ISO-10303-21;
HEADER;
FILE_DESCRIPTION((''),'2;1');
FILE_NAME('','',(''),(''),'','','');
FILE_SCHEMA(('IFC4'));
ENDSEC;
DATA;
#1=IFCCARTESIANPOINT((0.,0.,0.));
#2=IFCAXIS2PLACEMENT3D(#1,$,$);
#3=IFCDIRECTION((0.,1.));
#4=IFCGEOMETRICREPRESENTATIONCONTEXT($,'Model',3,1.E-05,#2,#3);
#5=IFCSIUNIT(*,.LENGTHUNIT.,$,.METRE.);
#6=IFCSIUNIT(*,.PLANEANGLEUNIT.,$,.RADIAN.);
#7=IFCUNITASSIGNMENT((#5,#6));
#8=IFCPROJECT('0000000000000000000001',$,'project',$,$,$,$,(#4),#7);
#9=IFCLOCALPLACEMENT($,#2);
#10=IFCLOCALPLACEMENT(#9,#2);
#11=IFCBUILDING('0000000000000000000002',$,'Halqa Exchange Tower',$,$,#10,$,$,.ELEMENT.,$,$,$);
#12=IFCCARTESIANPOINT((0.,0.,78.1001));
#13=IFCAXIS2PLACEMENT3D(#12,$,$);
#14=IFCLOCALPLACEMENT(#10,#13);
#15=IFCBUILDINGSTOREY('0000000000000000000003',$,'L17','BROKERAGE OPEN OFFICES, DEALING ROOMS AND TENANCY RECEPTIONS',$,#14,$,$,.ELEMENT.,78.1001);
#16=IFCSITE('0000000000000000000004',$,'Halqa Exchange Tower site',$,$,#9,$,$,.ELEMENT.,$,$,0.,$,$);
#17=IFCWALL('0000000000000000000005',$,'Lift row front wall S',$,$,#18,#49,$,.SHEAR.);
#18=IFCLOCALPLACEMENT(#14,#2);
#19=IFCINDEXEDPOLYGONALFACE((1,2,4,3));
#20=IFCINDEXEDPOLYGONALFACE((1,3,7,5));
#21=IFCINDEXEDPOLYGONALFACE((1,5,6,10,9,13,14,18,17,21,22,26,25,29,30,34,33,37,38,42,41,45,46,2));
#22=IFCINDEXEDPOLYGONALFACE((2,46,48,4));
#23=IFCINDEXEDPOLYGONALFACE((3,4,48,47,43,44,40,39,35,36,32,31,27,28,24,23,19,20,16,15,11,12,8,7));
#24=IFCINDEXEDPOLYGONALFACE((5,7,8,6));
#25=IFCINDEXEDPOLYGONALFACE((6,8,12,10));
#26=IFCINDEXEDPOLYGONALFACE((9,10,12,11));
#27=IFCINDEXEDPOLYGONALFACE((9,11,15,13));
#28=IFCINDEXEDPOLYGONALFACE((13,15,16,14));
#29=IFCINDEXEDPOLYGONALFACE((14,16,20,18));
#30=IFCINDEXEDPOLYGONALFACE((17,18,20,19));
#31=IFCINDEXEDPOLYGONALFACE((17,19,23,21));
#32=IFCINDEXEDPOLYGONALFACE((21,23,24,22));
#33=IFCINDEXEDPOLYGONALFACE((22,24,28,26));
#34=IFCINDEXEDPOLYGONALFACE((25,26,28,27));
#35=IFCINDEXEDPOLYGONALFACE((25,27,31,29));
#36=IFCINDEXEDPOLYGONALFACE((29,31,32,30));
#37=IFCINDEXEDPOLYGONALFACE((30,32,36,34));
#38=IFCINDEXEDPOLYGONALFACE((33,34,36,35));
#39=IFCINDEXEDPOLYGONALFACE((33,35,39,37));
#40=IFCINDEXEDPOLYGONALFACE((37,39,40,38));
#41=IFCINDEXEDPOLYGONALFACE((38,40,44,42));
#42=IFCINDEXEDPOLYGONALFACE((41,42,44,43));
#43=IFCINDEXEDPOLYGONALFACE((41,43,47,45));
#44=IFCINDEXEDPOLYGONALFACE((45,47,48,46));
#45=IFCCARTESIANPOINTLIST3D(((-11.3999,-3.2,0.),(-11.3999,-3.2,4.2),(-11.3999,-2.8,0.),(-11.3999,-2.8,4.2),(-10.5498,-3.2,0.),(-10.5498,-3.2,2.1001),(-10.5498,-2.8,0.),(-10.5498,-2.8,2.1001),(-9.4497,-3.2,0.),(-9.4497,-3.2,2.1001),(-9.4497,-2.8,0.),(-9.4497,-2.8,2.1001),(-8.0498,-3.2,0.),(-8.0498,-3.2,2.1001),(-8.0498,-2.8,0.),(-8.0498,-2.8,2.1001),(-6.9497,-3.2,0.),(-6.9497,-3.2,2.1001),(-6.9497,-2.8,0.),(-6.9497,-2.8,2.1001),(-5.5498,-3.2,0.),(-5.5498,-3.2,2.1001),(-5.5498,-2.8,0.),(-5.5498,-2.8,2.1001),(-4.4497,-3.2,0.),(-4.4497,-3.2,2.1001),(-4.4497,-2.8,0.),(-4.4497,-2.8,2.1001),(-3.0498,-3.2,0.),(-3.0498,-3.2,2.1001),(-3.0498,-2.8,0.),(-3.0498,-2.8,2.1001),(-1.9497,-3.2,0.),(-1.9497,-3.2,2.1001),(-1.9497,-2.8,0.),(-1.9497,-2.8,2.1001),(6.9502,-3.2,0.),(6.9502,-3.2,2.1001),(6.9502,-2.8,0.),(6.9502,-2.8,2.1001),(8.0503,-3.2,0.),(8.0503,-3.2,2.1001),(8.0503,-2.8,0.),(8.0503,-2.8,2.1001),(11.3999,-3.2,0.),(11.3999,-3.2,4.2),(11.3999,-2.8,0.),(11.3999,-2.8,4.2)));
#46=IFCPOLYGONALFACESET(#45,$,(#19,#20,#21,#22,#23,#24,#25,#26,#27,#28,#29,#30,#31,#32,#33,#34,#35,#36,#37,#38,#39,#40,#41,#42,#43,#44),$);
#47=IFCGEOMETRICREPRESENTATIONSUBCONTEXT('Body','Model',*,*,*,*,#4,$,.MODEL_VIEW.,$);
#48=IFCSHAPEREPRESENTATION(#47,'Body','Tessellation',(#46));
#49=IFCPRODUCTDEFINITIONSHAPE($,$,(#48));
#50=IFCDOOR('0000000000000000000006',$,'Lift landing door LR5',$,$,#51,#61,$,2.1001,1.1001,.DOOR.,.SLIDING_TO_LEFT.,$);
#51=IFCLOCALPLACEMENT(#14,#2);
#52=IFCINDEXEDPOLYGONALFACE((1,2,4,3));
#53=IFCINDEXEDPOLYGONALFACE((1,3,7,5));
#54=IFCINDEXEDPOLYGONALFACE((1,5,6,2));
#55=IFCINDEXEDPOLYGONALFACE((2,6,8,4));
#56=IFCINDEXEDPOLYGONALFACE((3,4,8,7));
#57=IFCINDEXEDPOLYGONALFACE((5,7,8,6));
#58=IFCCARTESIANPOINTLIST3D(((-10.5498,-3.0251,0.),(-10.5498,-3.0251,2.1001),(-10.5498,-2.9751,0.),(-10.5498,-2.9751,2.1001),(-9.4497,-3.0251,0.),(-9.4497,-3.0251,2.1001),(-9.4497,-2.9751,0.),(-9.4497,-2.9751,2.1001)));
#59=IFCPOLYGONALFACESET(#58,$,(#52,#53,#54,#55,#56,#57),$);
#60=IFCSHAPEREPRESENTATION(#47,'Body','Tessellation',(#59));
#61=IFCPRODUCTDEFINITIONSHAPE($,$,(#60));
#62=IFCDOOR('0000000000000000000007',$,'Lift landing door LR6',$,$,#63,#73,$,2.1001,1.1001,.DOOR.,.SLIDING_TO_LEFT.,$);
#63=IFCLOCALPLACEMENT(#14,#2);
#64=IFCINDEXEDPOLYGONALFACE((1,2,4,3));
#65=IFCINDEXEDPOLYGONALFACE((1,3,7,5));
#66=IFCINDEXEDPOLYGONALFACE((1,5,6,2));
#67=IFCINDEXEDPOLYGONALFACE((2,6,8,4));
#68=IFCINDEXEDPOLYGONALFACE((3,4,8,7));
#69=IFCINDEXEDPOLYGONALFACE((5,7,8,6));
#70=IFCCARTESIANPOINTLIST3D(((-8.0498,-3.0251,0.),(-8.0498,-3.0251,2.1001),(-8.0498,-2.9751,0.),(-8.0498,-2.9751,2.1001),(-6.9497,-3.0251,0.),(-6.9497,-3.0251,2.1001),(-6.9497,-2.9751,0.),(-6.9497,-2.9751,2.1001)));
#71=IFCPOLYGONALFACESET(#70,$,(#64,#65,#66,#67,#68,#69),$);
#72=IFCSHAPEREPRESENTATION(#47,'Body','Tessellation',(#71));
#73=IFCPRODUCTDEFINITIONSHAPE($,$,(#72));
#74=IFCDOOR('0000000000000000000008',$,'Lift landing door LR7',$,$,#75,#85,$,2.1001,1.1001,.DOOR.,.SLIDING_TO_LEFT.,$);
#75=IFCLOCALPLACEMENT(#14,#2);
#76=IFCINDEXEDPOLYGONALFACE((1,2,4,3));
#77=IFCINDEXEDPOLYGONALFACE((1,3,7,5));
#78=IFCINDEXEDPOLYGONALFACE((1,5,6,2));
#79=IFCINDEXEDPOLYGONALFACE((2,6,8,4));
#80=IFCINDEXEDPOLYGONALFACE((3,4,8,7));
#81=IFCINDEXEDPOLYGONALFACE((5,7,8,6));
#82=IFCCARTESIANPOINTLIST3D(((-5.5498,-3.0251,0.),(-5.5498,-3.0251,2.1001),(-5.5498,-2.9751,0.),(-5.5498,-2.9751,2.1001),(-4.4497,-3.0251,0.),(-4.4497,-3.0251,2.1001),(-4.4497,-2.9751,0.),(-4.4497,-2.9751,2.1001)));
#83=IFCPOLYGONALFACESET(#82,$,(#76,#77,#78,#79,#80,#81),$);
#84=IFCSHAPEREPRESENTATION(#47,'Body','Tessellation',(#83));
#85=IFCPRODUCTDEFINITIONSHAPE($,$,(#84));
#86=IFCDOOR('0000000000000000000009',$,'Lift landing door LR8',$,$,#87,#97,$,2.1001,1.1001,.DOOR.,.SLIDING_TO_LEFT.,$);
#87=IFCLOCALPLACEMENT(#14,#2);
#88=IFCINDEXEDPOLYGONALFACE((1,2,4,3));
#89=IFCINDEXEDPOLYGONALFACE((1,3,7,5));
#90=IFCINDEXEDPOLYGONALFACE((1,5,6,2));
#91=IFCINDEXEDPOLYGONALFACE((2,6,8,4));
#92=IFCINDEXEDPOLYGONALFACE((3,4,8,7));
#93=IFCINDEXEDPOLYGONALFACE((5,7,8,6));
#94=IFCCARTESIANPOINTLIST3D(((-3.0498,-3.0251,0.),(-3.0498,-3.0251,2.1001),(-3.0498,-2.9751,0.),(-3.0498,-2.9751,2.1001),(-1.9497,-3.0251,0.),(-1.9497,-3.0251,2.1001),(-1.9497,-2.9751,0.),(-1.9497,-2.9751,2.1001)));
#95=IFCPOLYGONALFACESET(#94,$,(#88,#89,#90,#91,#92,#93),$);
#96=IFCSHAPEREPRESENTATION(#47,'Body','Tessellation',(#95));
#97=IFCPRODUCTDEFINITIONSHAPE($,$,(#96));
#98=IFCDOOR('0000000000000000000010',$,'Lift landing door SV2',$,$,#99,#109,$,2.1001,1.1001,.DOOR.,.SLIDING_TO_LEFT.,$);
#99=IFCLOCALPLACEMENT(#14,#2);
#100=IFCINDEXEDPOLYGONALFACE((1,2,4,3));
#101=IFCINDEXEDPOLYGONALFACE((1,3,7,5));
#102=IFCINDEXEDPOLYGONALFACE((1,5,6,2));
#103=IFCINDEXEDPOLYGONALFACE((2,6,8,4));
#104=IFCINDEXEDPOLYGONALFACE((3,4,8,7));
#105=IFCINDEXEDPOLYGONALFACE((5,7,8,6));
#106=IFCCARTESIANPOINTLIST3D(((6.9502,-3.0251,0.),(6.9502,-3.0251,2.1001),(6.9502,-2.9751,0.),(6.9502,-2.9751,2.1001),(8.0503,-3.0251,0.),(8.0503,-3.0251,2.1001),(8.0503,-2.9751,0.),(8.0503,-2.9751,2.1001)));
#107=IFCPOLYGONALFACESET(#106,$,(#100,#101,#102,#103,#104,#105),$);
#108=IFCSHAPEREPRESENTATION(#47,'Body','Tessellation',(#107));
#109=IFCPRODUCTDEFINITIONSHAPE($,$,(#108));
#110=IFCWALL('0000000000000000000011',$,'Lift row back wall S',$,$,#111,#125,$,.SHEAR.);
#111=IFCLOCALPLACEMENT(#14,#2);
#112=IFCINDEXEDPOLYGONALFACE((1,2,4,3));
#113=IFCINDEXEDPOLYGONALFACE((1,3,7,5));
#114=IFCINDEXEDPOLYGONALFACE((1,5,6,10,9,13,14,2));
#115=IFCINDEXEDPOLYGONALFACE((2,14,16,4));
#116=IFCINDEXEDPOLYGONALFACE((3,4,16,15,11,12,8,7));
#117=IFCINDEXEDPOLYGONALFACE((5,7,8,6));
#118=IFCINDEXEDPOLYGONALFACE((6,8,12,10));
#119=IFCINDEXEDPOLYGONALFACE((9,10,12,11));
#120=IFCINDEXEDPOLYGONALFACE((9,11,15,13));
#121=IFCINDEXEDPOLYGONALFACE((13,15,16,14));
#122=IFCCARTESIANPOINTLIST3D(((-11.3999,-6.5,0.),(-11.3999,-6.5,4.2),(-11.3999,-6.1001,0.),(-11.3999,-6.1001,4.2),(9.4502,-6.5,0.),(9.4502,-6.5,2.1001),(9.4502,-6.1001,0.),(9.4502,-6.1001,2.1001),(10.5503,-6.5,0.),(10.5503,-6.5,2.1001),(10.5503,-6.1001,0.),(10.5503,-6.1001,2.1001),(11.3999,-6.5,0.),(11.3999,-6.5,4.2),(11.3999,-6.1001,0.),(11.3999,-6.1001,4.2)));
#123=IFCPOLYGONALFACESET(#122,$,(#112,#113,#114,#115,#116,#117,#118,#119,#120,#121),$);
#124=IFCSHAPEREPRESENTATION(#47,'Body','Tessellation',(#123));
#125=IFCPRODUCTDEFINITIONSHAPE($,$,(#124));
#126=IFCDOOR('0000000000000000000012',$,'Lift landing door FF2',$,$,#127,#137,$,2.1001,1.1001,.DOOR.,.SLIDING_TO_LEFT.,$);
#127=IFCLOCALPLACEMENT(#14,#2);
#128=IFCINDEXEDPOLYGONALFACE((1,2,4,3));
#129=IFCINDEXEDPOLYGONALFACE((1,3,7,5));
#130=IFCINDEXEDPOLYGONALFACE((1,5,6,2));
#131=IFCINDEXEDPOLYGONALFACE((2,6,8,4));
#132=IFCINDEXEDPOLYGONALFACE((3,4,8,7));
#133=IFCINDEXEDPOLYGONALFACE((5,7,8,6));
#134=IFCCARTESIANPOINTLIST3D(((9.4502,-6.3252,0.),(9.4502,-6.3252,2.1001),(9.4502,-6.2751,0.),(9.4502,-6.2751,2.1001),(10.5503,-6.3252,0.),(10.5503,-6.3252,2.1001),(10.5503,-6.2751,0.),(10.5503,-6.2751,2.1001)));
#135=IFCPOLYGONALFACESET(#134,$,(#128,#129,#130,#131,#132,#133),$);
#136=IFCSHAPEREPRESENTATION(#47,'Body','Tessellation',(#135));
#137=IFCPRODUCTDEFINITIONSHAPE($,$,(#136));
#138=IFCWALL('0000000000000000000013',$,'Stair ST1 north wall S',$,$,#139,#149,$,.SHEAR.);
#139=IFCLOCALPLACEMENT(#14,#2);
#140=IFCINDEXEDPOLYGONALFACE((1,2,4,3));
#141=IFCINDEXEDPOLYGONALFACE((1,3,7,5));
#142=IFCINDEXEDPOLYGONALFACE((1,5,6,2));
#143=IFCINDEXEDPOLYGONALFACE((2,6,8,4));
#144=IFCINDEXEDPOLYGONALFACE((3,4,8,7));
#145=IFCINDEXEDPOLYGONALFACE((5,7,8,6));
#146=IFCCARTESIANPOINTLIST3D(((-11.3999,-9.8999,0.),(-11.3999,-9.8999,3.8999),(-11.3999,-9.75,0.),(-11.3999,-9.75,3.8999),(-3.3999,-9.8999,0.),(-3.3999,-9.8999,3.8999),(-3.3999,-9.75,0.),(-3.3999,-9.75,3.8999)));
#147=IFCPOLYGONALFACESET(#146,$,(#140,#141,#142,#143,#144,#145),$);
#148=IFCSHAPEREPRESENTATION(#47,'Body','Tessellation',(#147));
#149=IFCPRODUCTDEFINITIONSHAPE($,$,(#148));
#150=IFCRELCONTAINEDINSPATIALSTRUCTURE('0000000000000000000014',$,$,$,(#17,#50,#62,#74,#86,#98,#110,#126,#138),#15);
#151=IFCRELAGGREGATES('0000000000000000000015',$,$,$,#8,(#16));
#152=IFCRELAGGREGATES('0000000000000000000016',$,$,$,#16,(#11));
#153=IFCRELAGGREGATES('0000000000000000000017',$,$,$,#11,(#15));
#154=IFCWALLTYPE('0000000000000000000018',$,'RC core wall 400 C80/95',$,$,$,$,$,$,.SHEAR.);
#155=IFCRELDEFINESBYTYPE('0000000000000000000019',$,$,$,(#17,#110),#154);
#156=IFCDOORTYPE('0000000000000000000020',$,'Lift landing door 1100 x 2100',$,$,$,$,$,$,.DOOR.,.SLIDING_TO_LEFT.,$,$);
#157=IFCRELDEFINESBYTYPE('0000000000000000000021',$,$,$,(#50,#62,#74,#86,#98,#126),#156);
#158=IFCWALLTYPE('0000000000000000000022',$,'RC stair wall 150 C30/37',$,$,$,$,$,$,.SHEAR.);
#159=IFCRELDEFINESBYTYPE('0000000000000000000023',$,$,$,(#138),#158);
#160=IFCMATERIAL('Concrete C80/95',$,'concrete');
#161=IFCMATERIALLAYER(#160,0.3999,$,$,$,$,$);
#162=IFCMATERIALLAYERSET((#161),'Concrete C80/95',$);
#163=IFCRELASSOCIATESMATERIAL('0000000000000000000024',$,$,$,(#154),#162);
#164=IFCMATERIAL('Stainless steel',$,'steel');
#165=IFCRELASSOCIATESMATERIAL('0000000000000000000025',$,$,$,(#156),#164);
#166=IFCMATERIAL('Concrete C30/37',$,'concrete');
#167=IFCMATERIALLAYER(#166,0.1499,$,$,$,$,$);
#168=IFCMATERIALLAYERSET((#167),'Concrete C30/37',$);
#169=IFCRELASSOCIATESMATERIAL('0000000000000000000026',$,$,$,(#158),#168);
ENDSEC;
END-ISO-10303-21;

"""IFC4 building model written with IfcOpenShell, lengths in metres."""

from ifc_helpers import new_model, si_unit, direction, frame, frame_2d, origin, place, context, subcontext, project, spatial, rectangle, extrude, material, layer, layer_set, type_object, element, fill, save


model = new_model("IFC4")

# Units and contexts
model_context = context("Model", 3, precision=1e-05, world=origin(), true_north=direction((0.0, 1.0)))
body_context = subcontext(model_context, "Body", "Model", "MODEL_VIEW")
ifc_project = project(units=[si_unit("LENGTHUNIT", "METRE"), si_unit("PLANEANGLEUNIT", "RADIAN")], contexts=[model_context])

# Site, building, storey
site_placement = place(None, origin())
site = spatial("IfcSite", under=ifc_project, at=site_placement, Name="Halqa Exchange Tower site", CompositionType="ELEMENT", RefElevation=0.0)
building_placement = place(site_placement, origin())
building = spatial("IfcBuilding", under=site, at=building_placement, Name="Halqa Exchange Tower", CompositionType="ELEMENT")
storey_placement = place(building_placement, frame((0.0, 0.0, 78.1001)))
storey = spatial("IfcBuildingStorey", under=building, at=storey_placement, Name="L17", Description="BROKERAGE OPEN OFFICES, DEALING ROOMS AND TENANCY RECEPTIONS", CompositionType="ELEMENT", Elevation=78.1001)

# Wall, openings, doors
ifc_material_1 = material(Name="Concrete C80/95", Category="concrete")
ifc_layer_1 = layer(ifc_material_1, 0.3999)
ifc_layer_set_1 = layer_set([ifc_layer_1], Name="Concrete C80/95")
wall_type_1 = type_object("IfcWallType", Name="RC core wall 400 C80/95", PredefinedType="SHEAR", material=ifc_layer_set_1)
wall_1_placement = place(storey_placement, frame((-11.3999, -3.0, 0.0), z_axis=(0.0, 0.0, 1.0), x_axis=(1.0, 0.0, 0.0)))
wall_1 = element("IfcWall", 1, at=wall_1_placement, inside=storey, type_object=wall_type_1, Name="Lift row front wall S", PredefinedType="SHEAR", context=body_context, shape_type="SweptSolid", body=[
    extrude(rectangle(XDim=22.7998, YDim=0.3999, at=frame_2d((11.3999, 0.0))), origin(), (0.0, 0.0, 1.0), 4.2),
])
opening_1_placement = place(wall_1_placement, frame((0.8501, 0.0, 0.0)))
opening_1 = element("IfcOpeningElement", 2, at=opening_1_placement, cuts=wall_1, PredefinedType="OPENING", context=body_context, shape_type="SweptSolid", body=[
    extrude(rectangle(XDim=1.1001, YDim=2.1001, at=frame_2d((0.55, 1.05))), frame((0.0, 0.2119, 0.0), z_axis=(0.0, -1.0, 0.0), x_axis=(1.0, 0.0, 0.0)), (0.0, 0.0, 1.0), 0.4238),
])
opening_2_placement = place(wall_1_placement, frame((3.3501, 0.0, 0.0)))
opening_2 = element("IfcOpeningElement", 3, at=opening_2_placement, cuts=wall_1, PredefinedType="OPENING", context=body_context, shape_type="SweptSolid", body=[
    extrude(rectangle(XDim=1.1001, YDim=2.1001, at=frame_2d((0.55, 1.05))), frame((0.0, 0.2119, 0.0), z_axis=(0.0, -1.0, 0.0), x_axis=(1.0, 0.0, 0.0)), (0.0, 0.0, 1.0), 0.4238),
])
opening_3_placement = place(wall_1_placement, frame((5.8501, 0.0, 0.0)))
opening_3 = element("IfcOpeningElement", 4, at=opening_3_placement, cuts=wall_1, PredefinedType="OPENING", context=body_context, shape_type="SweptSolid", body=[
    extrude(rectangle(XDim=1.1001, YDim=2.1001, at=frame_2d((0.55, 1.05))), frame((0.0, 0.2119, 0.0), z_axis=(0.0, -1.0, 0.0), x_axis=(1.0, 0.0, 0.0)), (0.0, 0.0, 1.0), 0.4238),
])
opening_4_placement = place(wall_1_placement, frame((8.3501, 0.0, 0.0)))
opening_4 = element("IfcOpeningElement", 5, at=opening_4_placement, cuts=wall_1, PredefinedType="OPENING", context=body_context, shape_type="SweptSolid", body=[
    extrude(rectangle(XDim=1.1001, YDim=2.1001, at=frame_2d((0.55, 1.05))), frame((0.0, 0.2119, 0.0), z_axis=(0.0, -1.0, 0.0), x_axis=(1.0, 0.0, 0.0)), (0.0, 0.0, 1.0), 0.4238),
])
opening_5_placement = place(wall_1_placement, frame((18.3501, 0.0, 0.0)))
opening_5 = element("IfcOpeningElement", 6, at=opening_5_placement, cuts=wall_1, PredefinedType="OPENING", context=body_context, shape_type="SweptSolid", body=[
    extrude(rectangle(XDim=1.1001, YDim=2.1001, at=frame_2d((0.55, 1.05))), frame((0.0, 0.2119, 0.0), z_axis=(0.0, -1.0, 0.0), x_axis=(1.0, 0.0, 0.0)), (0.0, 0.0, 1.0), 0.4238),
])
ifc_material_2 = material(Name="Stainless steel", Category="steel")
door_type = type_object("IfcDoorType", Name="Lift landing door 1100 x 2100", OperationType="SLIDING_TO_LEFT", PredefinedType="DOOR", material=ifc_material_2)
door_1_placement = place(opening_1_placement, origin())
door_1 = element("IfcDoor", 7, at=door_1_placement, inside=storey, type_object=door_type, Name="Lift landing door LR5", OperationType="SLIDING_TO_LEFT", OverallHeight=2.1001, OverallWidth=1.1001, PredefinedType="DOOR", context=body_context, shape_type="SweptSolid", body=[
    extrude(rectangle(XDim=1.1001, YDim=2.1001, at=frame_2d((0.55, 1.05))), frame((0.0, 0.0249, 0.0), z_axis=(0.0, -1.0, 0.0), x_axis=(1.0, 0.0, 0.0)), (0.0, 0.0, 1.0), 0.05),
])
fill(opening_1, door_1)
door_2_placement = place(opening_2_placement, origin())
door_2 = element("IfcDoor", 8, at=door_2_placement, inside=storey, type_object=door_type, Name="Lift landing door LR6", OperationType="SLIDING_TO_LEFT", OverallHeight=2.1001, OverallWidth=1.1001, PredefinedType="DOOR", context=body_context, shape_type="SweptSolid", body=[
    extrude(rectangle(XDim=1.1001, YDim=2.1001, at=frame_2d((0.55, 1.05))), frame((0.0, 0.0249, 0.0), z_axis=(0.0, -1.0, 0.0), x_axis=(1.0, 0.0, 0.0)), (0.0, 0.0, 1.0), 0.05),
])
fill(opening_2, door_2)
door_3_placement = place(opening_3_placement, origin())
door_3 = element("IfcDoor", 9, at=door_3_placement, inside=storey, type_object=door_type, Name="Lift landing door LR7", OperationType="SLIDING_TO_LEFT", OverallHeight=2.1001, OverallWidth=1.1001, PredefinedType="DOOR", context=body_context, shape_type="SweptSolid", body=[
    extrude(rectangle(XDim=1.1001, YDim=2.1001, at=frame_2d((0.55, 1.05))), frame((0.0, 0.0249, 0.0), z_axis=(0.0, -1.0, 0.0), x_axis=(1.0, 0.0, 0.0)), (0.0, 0.0, 1.0), 0.05),
])
fill(opening_3, door_3)
door_4_placement = place(opening_4_placement, origin())
door_4 = element("IfcDoor", 10, at=door_4_placement, inside=storey, type_object=door_type, Name="Lift landing door LR8", OperationType="SLIDING_TO_LEFT", OverallHeight=2.1001, OverallWidth=1.1001, PredefinedType="DOOR", context=body_context, shape_type="SweptSolid", body=[
    extrude(rectangle(XDim=1.1001, YDim=2.1001, at=frame_2d((0.55, 1.05))), frame((0.0, 0.0249, 0.0), z_axis=(0.0, -1.0, 0.0), x_axis=(1.0, 0.0, 0.0)), (0.0, 0.0, 1.0), 0.05),
])
fill(opening_4, door_4)
door_5_placement = place(opening_5_placement, origin())
door_5 = element("IfcDoor", 11, at=door_5_placement, inside=storey, type_object=door_type, Name="Lift landing door SV2", OperationType="SLIDING_TO_LEFT", OverallHeight=2.1001, OverallWidth=1.1001, PredefinedType="DOOR", context=body_context, shape_type="SweptSolid", body=[
    extrude(rectangle(XDim=1.1001, YDim=2.1001, at=frame_2d((0.55, 1.05))), frame((0.0, 0.0249, 0.0), z_axis=(0.0, -1.0, 0.0), x_axis=(1.0, 0.0, 0.0)), (0.0, 0.0, 1.0), 0.05),
])
fill(opening_5, door_5)

# Wall, opening, door
wall_2_placement = place(storey_placement, frame((-11.3999, -6.3, 0.0), z_axis=(0.0, 0.0, 1.0), x_axis=(1.0, 0.0, 0.0)))
wall_2 = element("IfcWall", 12, at=wall_2_placement, inside=storey, type_object=wall_type_1, Name="Lift row back wall S", PredefinedType="SHEAR", context=body_context, shape_type="SweptSolid", body=[
    extrude(rectangle(XDim=22.7998, YDim=0.3999, at=frame_2d((11.3999, 0.0))), origin(), (0.0, 0.0, 1.0), 4.2),
])
opening_6_placement = place(wall_2_placement, frame((20.8501, 0.0, 0.0)))
opening_6 = element("IfcOpeningElement", 13, at=opening_6_placement, cuts=wall_2, PredefinedType="OPENING", context=body_context, shape_type="SweptSolid", body=[
    extrude(rectangle(XDim=1.1001, YDim=2.1001, at=frame_2d((0.55, 1.05))), frame((0.0, 0.2119, 0.0), z_axis=(0.0, -1.0, 0.0), x_axis=(1.0, 0.0, 0.0)), (0.0, 0.0, 1.0), 0.4238),
])
door_6_placement = place(opening_6_placement, origin())
door_6 = element("IfcDoor", 14, at=door_6_placement, inside=storey, type_object=door_type, Name="Lift landing door FF2", OperationType="SLIDING_TO_LEFT", OverallHeight=2.1001, OverallWidth=1.1001, PredefinedType="DOOR", context=body_context, shape_type="SweptSolid", body=[
    extrude(rectangle(XDim=1.1001, YDim=2.1001, at=frame_2d((0.55, 1.05))), frame((0.0, 0.0249, 0.0), z_axis=(0.0, -1.0, 0.0), x_axis=(1.0, 0.0, 0.0)), (0.0, 0.0, 1.0), 0.05),
])
fill(opening_6, door_6)

# Wall
ifc_material_3 = material(Name="Concrete C30/37", Category="concrete")
ifc_layer_2 = layer(ifc_material_3, 0.1499)
ifc_layer_set_2 = layer_set([ifc_layer_2], Name="Concrete C30/37")
wall_type_2 = type_object("IfcWallType", Name="RC stair wall 150 C30/37", PredefinedType="SHEAR", material=ifc_layer_set_2)
wall_3_placement = place(storey_placement, frame((-11.3999, -9.825, 0.0), z_axis=(0.0, 0.0, 1.0), x_axis=(1.0, 0.0, 0.0)))
element("IfcWall", 15, at=wall_3_placement, inside=storey, type_object=wall_type_2, Name="Stair ST1 north wall S", PredefinedType="SHEAR", context=body_context, shape_type="SweptSolid", body=[
    extrude(rectangle(XDim=8.0, YDim=0.1499, at=frame_2d((4.0, 0.0))), origin(), (0.0, 0.0, 1.0), 3.8999),
])

save(model, "model.ifc")
